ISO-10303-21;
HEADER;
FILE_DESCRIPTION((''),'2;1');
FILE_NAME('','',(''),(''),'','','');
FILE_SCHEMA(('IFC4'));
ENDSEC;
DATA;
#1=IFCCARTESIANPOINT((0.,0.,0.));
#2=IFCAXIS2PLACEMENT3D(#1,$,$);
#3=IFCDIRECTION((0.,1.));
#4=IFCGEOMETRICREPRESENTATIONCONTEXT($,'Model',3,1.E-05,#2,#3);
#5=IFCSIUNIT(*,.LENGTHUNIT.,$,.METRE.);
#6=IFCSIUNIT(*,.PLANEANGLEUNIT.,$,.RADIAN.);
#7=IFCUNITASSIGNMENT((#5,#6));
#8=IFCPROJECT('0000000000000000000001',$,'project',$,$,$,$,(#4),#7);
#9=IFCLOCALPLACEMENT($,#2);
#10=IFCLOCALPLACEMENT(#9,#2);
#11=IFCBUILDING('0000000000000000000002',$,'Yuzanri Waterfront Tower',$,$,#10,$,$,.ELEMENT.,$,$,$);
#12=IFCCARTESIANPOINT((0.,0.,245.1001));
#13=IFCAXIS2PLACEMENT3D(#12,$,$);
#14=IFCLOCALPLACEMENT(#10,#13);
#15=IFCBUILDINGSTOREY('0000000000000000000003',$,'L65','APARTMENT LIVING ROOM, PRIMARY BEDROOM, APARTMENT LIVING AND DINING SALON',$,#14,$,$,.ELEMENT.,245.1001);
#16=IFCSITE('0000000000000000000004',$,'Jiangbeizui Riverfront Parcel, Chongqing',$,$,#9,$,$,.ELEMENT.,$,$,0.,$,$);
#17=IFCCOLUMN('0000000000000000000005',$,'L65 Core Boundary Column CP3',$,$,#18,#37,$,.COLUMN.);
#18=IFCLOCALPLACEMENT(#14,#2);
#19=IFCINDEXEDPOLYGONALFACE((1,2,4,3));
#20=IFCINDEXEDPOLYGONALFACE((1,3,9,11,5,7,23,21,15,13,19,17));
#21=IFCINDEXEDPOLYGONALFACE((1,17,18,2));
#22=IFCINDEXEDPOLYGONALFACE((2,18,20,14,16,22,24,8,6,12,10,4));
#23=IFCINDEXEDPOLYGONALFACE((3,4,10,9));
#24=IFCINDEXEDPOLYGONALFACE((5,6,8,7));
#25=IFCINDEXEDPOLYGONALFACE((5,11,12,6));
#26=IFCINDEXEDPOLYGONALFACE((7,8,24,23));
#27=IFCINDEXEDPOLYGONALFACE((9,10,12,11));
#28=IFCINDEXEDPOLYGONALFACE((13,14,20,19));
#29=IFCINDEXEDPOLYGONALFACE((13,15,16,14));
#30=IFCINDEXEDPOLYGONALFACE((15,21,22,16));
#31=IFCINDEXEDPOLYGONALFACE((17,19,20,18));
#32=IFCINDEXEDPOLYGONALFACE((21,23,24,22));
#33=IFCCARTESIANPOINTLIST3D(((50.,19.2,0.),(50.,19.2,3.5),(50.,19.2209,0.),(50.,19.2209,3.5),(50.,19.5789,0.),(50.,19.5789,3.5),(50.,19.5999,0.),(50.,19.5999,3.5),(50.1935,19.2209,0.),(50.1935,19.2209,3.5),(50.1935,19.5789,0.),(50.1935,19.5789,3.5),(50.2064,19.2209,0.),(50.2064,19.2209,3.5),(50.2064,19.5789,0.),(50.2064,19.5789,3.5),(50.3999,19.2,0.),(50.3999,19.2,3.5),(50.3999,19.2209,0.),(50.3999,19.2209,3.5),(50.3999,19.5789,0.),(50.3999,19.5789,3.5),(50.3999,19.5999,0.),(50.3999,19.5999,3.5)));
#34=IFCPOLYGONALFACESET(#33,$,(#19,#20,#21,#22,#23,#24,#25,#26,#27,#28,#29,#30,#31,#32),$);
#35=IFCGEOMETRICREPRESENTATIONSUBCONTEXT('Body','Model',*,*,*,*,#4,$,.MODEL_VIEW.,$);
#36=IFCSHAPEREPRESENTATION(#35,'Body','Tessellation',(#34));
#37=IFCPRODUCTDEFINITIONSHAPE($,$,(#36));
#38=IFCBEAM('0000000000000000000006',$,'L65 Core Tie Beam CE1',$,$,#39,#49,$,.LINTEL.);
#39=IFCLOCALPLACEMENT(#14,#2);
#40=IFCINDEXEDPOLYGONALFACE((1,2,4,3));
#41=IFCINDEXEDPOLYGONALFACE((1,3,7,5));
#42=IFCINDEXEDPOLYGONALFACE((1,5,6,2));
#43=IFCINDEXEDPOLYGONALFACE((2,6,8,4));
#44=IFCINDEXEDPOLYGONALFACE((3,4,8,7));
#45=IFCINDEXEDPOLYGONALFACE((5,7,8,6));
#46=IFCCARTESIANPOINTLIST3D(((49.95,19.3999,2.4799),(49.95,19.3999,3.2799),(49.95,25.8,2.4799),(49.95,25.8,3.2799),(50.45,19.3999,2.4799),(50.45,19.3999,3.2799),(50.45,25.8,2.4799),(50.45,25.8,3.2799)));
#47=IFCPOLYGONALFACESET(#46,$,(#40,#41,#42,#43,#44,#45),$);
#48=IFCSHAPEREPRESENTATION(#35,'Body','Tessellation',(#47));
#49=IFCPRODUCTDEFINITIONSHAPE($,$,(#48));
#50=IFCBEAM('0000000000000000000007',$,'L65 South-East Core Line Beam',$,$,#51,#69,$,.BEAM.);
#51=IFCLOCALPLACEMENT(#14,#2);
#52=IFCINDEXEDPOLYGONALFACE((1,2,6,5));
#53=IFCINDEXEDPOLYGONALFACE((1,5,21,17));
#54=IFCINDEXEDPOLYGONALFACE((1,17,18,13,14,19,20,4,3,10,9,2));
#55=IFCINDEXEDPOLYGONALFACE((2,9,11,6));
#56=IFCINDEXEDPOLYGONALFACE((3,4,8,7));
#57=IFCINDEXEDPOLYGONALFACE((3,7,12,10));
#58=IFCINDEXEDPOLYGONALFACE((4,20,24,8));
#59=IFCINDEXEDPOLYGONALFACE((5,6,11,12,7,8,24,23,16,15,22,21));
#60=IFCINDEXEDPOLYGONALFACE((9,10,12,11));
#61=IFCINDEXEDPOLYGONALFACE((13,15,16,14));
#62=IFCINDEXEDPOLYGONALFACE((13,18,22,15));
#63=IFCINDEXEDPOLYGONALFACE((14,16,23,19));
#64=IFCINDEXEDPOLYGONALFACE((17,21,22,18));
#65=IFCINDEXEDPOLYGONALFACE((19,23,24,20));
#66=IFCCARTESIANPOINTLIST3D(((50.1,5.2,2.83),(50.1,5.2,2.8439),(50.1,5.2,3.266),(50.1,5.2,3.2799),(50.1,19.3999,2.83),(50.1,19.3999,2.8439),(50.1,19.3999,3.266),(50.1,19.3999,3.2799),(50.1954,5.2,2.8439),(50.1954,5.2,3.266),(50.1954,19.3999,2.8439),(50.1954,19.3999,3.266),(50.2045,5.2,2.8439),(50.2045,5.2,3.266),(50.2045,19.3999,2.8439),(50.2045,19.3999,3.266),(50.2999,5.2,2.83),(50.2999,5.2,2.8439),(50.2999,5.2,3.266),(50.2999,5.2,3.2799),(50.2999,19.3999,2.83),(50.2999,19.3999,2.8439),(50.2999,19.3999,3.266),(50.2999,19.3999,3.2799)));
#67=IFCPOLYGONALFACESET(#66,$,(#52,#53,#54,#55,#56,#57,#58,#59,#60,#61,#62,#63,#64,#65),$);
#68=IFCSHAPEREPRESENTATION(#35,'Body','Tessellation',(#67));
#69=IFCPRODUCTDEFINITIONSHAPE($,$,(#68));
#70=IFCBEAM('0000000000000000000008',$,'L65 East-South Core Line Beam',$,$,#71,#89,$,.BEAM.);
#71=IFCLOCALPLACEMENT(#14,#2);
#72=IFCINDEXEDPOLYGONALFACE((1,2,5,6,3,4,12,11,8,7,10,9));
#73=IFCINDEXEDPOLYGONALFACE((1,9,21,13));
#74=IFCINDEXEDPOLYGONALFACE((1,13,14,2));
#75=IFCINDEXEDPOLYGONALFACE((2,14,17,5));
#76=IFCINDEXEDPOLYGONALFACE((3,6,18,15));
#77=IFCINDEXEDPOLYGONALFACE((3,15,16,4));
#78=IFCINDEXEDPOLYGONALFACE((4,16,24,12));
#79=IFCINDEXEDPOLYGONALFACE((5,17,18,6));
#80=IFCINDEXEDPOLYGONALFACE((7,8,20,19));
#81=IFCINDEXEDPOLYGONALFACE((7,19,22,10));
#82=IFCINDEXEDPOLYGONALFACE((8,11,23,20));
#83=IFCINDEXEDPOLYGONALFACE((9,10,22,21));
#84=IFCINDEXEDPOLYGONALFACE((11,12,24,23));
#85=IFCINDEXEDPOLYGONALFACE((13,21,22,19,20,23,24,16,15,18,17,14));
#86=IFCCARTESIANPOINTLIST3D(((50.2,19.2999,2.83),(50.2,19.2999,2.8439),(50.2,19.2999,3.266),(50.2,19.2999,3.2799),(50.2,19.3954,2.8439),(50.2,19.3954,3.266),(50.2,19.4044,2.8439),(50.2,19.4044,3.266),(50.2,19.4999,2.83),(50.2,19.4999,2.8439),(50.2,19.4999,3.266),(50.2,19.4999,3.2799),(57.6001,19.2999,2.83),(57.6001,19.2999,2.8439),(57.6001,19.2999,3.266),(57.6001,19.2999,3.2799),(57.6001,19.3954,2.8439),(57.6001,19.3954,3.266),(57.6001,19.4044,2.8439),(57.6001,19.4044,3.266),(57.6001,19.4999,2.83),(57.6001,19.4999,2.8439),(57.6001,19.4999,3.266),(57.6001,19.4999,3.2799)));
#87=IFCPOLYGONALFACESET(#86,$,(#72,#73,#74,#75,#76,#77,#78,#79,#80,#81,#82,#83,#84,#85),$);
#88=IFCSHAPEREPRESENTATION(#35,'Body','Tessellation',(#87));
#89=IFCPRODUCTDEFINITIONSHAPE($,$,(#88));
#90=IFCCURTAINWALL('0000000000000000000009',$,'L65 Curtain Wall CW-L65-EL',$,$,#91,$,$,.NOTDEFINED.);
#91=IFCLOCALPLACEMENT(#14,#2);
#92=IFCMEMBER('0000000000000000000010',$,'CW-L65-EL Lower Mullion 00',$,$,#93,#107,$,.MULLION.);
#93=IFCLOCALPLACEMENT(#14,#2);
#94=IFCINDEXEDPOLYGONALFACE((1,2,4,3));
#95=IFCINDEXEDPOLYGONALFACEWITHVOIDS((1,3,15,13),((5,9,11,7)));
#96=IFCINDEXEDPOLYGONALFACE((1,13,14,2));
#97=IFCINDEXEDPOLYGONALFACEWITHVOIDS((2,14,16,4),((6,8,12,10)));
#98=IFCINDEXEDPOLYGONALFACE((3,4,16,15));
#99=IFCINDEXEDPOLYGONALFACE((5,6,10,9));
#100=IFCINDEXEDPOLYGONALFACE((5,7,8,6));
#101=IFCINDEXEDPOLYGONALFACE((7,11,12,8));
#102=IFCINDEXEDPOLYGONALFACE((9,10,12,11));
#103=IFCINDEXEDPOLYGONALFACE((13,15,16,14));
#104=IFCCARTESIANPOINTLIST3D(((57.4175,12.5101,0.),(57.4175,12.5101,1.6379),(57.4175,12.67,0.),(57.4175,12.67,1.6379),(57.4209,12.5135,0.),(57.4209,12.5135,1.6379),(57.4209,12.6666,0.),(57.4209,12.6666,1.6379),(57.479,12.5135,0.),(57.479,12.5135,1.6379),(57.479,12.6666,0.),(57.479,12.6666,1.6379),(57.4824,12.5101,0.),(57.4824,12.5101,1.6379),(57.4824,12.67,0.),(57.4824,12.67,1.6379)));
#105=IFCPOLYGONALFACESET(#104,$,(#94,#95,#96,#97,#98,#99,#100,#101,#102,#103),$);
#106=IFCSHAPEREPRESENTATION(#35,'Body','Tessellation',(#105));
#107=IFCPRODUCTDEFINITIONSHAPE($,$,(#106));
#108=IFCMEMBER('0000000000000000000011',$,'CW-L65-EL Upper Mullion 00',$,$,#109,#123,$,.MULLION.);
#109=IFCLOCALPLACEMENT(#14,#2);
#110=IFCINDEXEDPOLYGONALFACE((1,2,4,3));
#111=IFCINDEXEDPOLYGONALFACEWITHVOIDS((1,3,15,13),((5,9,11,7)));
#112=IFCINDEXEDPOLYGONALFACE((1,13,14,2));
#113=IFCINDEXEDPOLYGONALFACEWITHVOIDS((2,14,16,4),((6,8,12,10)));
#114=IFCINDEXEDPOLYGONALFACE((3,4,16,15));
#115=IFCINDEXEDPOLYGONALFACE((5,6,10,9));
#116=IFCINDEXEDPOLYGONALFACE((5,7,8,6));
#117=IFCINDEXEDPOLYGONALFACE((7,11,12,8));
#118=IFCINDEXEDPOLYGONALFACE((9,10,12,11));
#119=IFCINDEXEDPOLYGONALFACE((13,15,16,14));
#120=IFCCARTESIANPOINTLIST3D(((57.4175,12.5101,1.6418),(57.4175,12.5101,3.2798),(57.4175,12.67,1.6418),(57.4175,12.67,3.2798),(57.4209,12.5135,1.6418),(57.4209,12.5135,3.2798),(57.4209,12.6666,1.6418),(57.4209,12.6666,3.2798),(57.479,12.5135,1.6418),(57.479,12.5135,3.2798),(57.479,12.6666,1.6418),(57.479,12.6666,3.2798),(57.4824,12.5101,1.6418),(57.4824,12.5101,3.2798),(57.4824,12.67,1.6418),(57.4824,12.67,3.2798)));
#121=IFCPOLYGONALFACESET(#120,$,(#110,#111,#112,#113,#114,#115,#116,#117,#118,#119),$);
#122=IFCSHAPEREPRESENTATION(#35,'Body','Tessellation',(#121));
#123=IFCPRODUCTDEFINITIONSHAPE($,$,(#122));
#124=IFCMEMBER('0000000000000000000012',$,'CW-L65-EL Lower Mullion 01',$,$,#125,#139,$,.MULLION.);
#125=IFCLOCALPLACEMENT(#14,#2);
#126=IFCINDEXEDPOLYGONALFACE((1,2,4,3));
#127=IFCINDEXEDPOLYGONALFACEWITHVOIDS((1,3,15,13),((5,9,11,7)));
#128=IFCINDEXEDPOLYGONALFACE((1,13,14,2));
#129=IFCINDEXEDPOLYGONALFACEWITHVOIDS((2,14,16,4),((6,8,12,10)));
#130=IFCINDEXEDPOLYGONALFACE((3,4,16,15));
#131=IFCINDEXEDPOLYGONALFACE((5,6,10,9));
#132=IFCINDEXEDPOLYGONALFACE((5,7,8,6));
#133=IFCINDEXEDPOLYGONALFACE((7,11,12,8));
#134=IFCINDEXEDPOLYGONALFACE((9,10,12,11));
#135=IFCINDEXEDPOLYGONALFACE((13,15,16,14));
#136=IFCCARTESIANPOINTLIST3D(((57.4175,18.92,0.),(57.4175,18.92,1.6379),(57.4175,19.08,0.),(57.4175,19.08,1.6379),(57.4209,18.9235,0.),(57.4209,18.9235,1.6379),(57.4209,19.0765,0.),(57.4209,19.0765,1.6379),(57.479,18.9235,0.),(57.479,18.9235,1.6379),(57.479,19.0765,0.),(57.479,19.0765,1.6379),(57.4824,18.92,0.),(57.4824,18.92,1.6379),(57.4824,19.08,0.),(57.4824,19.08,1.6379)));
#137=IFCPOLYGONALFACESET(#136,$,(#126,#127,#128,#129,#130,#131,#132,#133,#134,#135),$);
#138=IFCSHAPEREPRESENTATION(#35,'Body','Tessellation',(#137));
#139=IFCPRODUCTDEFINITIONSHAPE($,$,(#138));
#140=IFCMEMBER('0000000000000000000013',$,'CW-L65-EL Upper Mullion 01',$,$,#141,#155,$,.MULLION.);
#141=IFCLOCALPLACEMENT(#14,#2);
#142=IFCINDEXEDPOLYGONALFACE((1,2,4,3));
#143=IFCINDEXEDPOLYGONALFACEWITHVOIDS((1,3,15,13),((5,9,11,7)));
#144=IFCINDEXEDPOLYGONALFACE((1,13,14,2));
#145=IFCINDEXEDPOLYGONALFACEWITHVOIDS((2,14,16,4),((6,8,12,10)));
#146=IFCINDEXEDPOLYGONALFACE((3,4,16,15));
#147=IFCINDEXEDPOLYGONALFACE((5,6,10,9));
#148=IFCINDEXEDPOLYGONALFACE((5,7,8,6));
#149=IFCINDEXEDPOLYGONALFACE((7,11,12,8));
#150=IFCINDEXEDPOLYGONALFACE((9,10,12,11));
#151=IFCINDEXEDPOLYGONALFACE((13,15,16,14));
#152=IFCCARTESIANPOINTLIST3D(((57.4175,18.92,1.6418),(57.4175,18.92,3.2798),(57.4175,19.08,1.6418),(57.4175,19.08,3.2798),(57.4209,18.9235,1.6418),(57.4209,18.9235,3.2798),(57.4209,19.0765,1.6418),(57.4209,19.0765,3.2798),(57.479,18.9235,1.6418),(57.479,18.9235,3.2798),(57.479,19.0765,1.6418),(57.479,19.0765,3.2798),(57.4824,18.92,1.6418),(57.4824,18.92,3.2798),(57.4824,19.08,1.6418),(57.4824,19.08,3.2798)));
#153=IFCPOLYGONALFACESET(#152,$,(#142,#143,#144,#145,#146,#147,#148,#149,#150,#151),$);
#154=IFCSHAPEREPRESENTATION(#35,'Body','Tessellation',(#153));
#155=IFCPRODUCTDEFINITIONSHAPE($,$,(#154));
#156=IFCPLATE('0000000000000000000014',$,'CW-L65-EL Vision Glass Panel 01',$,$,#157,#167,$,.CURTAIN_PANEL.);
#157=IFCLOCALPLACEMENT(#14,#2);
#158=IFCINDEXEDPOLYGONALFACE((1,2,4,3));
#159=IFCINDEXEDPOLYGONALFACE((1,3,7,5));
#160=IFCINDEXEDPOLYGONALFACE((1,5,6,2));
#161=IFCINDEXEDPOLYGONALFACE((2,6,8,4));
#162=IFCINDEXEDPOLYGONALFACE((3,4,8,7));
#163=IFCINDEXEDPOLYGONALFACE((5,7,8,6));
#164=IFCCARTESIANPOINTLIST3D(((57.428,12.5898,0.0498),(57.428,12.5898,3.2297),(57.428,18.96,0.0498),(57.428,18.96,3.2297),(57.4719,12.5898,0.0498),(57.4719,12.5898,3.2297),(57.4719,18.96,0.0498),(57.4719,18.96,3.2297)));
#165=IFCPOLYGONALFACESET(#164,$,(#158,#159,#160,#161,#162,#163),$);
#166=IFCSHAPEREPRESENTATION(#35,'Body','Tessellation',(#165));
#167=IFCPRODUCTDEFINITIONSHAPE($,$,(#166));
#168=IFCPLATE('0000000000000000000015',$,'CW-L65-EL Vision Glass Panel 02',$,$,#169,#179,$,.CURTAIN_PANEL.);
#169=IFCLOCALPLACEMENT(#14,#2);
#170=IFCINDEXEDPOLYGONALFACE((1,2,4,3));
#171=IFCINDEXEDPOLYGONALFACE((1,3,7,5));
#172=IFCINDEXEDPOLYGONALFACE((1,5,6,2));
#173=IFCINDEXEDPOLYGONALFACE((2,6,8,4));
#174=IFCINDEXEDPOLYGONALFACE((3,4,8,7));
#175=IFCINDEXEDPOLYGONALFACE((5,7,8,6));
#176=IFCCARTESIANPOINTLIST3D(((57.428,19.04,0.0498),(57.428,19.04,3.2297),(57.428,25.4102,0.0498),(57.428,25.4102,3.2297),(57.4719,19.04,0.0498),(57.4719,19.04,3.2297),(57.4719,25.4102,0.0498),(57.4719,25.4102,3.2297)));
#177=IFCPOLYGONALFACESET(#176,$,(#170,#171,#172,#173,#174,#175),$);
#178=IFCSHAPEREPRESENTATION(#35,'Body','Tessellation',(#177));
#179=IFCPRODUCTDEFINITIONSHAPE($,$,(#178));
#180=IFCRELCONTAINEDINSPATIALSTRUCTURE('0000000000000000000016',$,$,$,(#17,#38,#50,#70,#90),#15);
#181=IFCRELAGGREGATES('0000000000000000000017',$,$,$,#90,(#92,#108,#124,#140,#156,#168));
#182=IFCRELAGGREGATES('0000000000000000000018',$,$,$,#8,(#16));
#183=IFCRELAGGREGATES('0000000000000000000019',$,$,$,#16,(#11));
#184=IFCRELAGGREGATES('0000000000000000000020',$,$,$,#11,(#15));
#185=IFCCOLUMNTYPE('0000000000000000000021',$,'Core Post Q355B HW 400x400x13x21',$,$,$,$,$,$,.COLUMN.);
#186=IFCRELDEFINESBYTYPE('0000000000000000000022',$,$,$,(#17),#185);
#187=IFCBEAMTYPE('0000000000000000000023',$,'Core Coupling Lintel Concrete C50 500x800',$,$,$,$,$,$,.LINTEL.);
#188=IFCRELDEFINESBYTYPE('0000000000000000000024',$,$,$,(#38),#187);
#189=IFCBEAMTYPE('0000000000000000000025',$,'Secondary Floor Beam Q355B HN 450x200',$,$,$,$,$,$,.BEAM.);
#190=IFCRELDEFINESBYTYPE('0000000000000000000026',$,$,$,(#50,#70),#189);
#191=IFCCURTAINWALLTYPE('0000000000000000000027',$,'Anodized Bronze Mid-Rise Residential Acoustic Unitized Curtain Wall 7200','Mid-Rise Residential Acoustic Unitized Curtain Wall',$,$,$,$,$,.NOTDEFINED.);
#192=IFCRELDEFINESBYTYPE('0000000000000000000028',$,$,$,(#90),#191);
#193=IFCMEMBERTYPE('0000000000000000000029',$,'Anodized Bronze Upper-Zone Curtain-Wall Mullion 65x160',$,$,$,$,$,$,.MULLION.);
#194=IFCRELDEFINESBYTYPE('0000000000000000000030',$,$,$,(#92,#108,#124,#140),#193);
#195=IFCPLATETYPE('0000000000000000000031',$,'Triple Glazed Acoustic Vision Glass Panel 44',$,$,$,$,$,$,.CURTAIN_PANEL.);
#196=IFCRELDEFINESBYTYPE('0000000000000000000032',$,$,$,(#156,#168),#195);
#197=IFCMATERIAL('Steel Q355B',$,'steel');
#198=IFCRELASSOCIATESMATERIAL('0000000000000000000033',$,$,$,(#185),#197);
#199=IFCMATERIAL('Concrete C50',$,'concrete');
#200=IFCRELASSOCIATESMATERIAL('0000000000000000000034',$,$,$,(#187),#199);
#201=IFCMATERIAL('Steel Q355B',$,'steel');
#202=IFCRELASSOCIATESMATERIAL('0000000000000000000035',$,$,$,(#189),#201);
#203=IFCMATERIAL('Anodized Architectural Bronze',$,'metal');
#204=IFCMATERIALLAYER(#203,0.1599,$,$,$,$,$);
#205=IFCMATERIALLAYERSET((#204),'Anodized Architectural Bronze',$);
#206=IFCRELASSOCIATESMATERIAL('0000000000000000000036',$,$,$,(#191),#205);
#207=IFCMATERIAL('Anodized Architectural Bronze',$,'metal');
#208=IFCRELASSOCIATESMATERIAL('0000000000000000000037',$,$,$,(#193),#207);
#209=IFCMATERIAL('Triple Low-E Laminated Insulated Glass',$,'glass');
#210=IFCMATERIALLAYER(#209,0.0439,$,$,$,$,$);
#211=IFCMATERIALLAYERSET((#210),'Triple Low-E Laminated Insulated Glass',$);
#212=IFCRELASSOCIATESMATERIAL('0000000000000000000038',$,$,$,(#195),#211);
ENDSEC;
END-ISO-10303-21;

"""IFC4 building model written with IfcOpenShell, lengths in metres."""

from ifc_helpers import new_model, si_unit, direction, frame, origin, origin_2d, place, context, subcontext, project, spatial, rectangle, hollow_rectangle, i_section, extrude, source, transform, mapped, material, layer, layer_set, material_profile, profile_set, type_object, element, aggregate, save


model = new_model("IFC4")

# Units and contexts
model_context = context("Model", 3, precision=1e-05, world=origin(), true_north=direction((0.0, 1.0)))
body_context = subcontext(model_context, "Body", "Model", "MODEL_VIEW")
ifc_project = project(units=[si_unit("LENGTHUNIT", "METRE"), si_unit("PLANEANGLEUNIT", "RADIAN")], contexts=[model_context])

# Site, building, storey
site_placement = place(None, origin())
site = spatial("IfcSite", under=ifc_project, at=site_placement, Name="Jiangbeizui Riverfront Parcel, Chongqing", CompositionType="ELEMENT", RefElevation=0.0)
building_placement = place(site_placement, origin())
building = spatial("IfcBuilding", under=site, at=building_placement, Name="Yuzanri Waterfront Tower", CompositionType="ELEMENT")
storey_placement = place(building_placement, frame((0.0, 0.0, 245.1001)))
storey = spatial("IfcBuildingStorey", under=building, at=storey_placement, Name="L65", Description="APARTMENT LIVING ROOM, PRIMARY BEDROOM, APARTMENT LIVING AND DINING SALON", CompositionType="ELEMENT", Elevation=245.1001)

# Column
ifc_material_1 = material(Name="Steel Q355B", Category="steel")
ifc_material_profile_1 = material_profile(ifc_material_1, i_section(OverallWidth=0.3999, OverallDepth=0.3999, WebThickness=0.0129, FlangeThickness=0.021, at=origin_2d()), Name="HW 400x400x13x21")
ifc_profile_set_1 = profile_set([ifc_material_profile_1], Name="Steel Q355B")
column_type = type_object("IfcColumnType", Name="Core Post Q355B HW 400x400x13x21", PredefinedType="COLUMN", material=ifc_profile_set_1)
shared_shape_1 = source(origin(), body_context, "Body", "SweptSolid", [
    extrude(i_section(OverallWidth=0.3999, OverallDepth=0.3999, WebThickness=0.0129, FlangeThickness=0.021, at=origin_2d()), origin(), (0.0, 0.0, 1.0), 3.5),
])
column_placement = place(storey_placement, frame((50.2, 19.3999, 0.0), z_axis=(0.0, 0.0, 1.0), x_axis=(1.0, 0.0, 0.0)))
element("IfcColumn", 1, at=column_placement, inside=storey, type_object=column_type, Name="L65 Core Boundary Column CP3", PredefinedType="COLUMN", context=body_context, shape_type="MappedRepresentation", body=[
    mapped(shared_shape_1, transform((0.0, 0.0, 0.0), scale=1.0)),
])

# Beams
ifc_material_2 = material(Name="Concrete C50", Category="concrete")
ifc_material_profile_2 = material_profile(ifc_material_2, rectangle(XDim=0.5, YDim=0.8, at=origin_2d()), Name="RC 500x800")
ifc_profile_set_2 = profile_set([ifc_material_profile_2], Name="Concrete C50")
beam_type_1 = type_object("IfcBeamType", Name="Core Coupling Lintel Concrete C50 500x800", PredefinedType="LINTEL", material=ifc_profile_set_2)
shared_shape_2 = source(origin(), body_context, "Body", "SweptSolid", [
    extrude(rectangle(XDim=0.5, YDim=0.8, at=origin_2d()), origin(), (0.0, 0.0, 1.0), 6.4001),
])
beam_1_placement = place(storey_placement, frame((50.2, 19.3999, 2.8799), z_axis=(0.0, 1.0, 0.0), x_axis=(-1.0, 0.0, 0.0)))
element("IfcBeam", 2, at=beam_1_placement, inside=storey, type_object=beam_type_1, Name="L65 Core Tie Beam CE1", PredefinedType="LINTEL", context=body_context, shape_type="MappedRepresentation", body=[
    mapped(shared_shape_2, transform((0.0, 0.0, 0.0), scale=1.0)),
])
ifc_material_3 = material(Name="Steel Q355B", Category="steel")
ifc_material_profile_3 = material_profile(ifc_material_3, i_section(OverallWidth=0.2, OverallDepth=0.45, WebThickness=0.009, FlangeThickness=0.0139, at=origin_2d()), Name="HN 450x200x9x14")
ifc_profile_set_3 = profile_set([ifc_material_profile_3], Name="Steel Q355B")
beam_type_2 = type_object("IfcBeamType", Name="Secondary Floor Beam Q355B HN 450x200", PredefinedType="BEAM", material=ifc_profile_set_3)
shared_shape_3 = source(origin(), body_context, "Body", "SweptSolid", [
    extrude(i_section(OverallWidth=0.2, OverallDepth=0.45, WebThickness=0.009, FlangeThickness=0.0139, at=origin_2d()), origin(), (0.0, 0.0, 1.0), 14.2),
])
beam_2_placement = place(storey_placement, frame((50.2, 19.3999, 3.0549), z_axis=(0.0, -1.0, 0.0), x_axis=(1.0, 0.0, 0.0)))
element("IfcBeam", 3, at=beam_2_placement, inside=storey, type_object=beam_type_2, Name="L65 South-East Core Line Beam", PredefinedType="BEAM", context=body_context, shape_type="MappedRepresentation", body=[
    mapped(shared_shape_3, transform((0.0, 0.0, 0.0), scale=1.0)),
])
shared_shape_4 = source(origin(), body_context, "Body", "SweptSolid", [
    extrude(i_section(OverallWidth=0.2, OverallDepth=0.45, WebThickness=0.009, FlangeThickness=0.0139, at=origin_2d()), origin(), (0.0, 0.0, 1.0), 7.4001),
])
beam_3_placement = place(storey_placement, frame((50.2, 19.3999, 3.0549), z_axis=(1.0, 0.0, 0.0), x_axis=(0.0, 1.0, 0.0)))
element("IfcBeam", 4, at=beam_3_placement, inside=storey, type_object=beam_type_2, Name="L65 East-South Core Line Beam", PredefinedType="BEAM", context=body_context, shape_type="MappedRepresentation", body=[
    mapped(shared_shape_4, transform((0.0, 0.0, 0.0), scale=1.0)),
])

# Curtain wall, members, plates
ifc_material_4 = material(Name="Anodized Architectural Bronze", Category="metal")
ifc_layer_1 = layer(ifc_material_4, 0.1599)
ifc_layer_set_1 = layer_set([ifc_layer_1], Name="Anodized Architectural Bronze")
curtain_wall_type = type_object("IfcCurtainWallType", Name="Anodized Bronze Mid-Rise Residential Acoustic Unitized Curtain Wall 7200", Description="Mid-Rise Residential Acoustic Unitized Curtain Wall", PredefinedType="NOTDEFINED", material=ifc_layer_set_1)
curtain_wall_placement = place(storey_placement, origin())
curtain_wall = element("IfcCurtainWall", 5, at=curtain_wall_placement, inside=storey, type_object=curtain_wall_type, Name="L65 Curtain Wall CW-L65-EL", PredefinedType="NOTDEFINED")
ifc_material_5 = material(Name="Anodized Architectural Bronze", Category="metal")
ifc_material_profile_4 = material_profile(ifc_material_5, hollow_rectangle(XDim=0.0649, YDim=0.1599, WallThickness=0.0034, at=origin_2d()), Name="CWM 65x160")
ifc_profile_set_4 = profile_set([ifc_material_profile_4], Name="Anodized Architectural Bronze")
member_type = type_object("IfcMemberType", Name="Anodized Bronze Upper-Zone Curtain-Wall Mullion 65x160", PredefinedType="MULLION", material=ifc_profile_set_4)
shared_shape_5 = source(origin(), body_context, "Body", "SweptSolid", [
    extrude(hollow_rectangle(XDim=0.0649, YDim=0.1599, WallThickness=0.0034, at=origin_2d()), origin(), (0.0, 0.0, 1.0), 1.6379),
])
member_1_placement = place(storey_placement, frame((57.45, 12.5901, 0.0), z_axis=(0.0, 0.0, 1.0), x_axis=(1.0, 0.0, 0.0)))
member_1 = element("IfcMember", 6, at=member_1_placement, type_object=member_type, Name="CW-L65-EL Lower Mullion 00", PredefinedType="MULLION", context=body_context, shape_type="MappedRepresentation", body=[
    mapped(shared_shape_5, transform((0.0, 0.0, 0.0), scale=1.0)),
])
member_2_placement = place(storey_placement, frame((57.45, 12.5901, 1.6418), z_axis=(0.0, 0.0, 1.0), x_axis=(1.0, 0.0, 0.0)))
member_2 = element("IfcMember", 7, at=member_2_placement, type_object=member_type, Name="CW-L65-EL Upper Mullion 00", PredefinedType="MULLION", context=body_context, shape_type="MappedRepresentation", body=[
    mapped(shared_shape_5, transform((0.0, 0.0, 0.0), scale=1.0)),
])
member_3_placement = place(storey_placement, frame((57.45, 19.0, 0.0), z_axis=(0.0, 0.0, 1.0), x_axis=(1.0, 0.0, 0.0)))
member_3 = element("IfcMember", 8, at=member_3_placement, type_object=member_type, Name="CW-L65-EL Lower Mullion 01", PredefinedType="MULLION", context=body_context, shape_type="MappedRepresentation", body=[
    mapped(shared_shape_5, transform((0.0, 0.0, 0.0), scale=1.0)),
])
member_4_placement = place(storey_placement, frame((57.45, 19.0, 1.6418), z_axis=(0.0, 0.0, 1.0), x_axis=(1.0, 0.0, 0.0)))
member_4 = element("IfcMember", 9, at=member_4_placement, type_object=member_type, Name="CW-L65-EL Upper Mullion 01", PredefinedType="MULLION", context=body_context, shape_type="MappedRepresentation", body=[
    mapped(shared_shape_5, transform((0.0, 0.0, 0.0), scale=1.0)),
])
ifc_material_6 = material(Name="Triple Low-E Laminated Insulated Glass", Category="glass")
ifc_layer_2 = layer(ifc_material_6, 0.0439)
ifc_layer_set_2 = layer_set([ifc_layer_2], Name="Triple Low-E Laminated Insulated Glass")
plate_type = type_object("IfcPlateType", Name="Triple Glazed Acoustic Vision Glass Panel 44", PredefinedType="CURTAIN_PANEL", material=ifc_layer_set_2)
shared_shape_6 = source(origin(), body_context, "Body", "SweptSolid", [
    extrude(rectangle(XDim=6.3701, YDim=0.0439, at=origin_2d()), origin(), (0.0, 0.0, 1.0), 3.1799),
])
plate_1_placement = place(storey_placement, frame((57.45, 15.7749, 0.0498), z_axis=(0.0, 0.0, 1.0), x_axis=(0.0, 1.0, 0.0)))
plate_1 = element("IfcPlate", 10, at=plate_1_placement, type_object=plate_type, Name="CW-L65-EL Vision Glass Panel 01", PredefinedType="CURTAIN_PANEL", context=body_context, shape_type="MappedRepresentation", body=[
    mapped(shared_shape_6, transform((0.0, 0.0, 0.0), scale=1.0)),
])
plate_2_placement = place(storey_placement, frame((57.45, 22.2251, 0.0498), z_axis=(0.0, 0.0, 1.0), x_axis=(0.0, 1.0, 0.0)))
plate_2 = element("IfcPlate", 11, at=plate_2_placement, type_object=plate_type, Name="CW-L65-EL Vision Glass Panel 02", PredefinedType="CURTAIN_PANEL", context=body_context, shape_type="MappedRepresentation", body=[
    mapped(shared_shape_6, transform((0.0, 0.0, 0.0), scale=1.0)),
])
aggregate(curtain_wall, [member_1, member_2, member_3, member_4, plate_1, plate_2])

save(model, "model.ifc")
